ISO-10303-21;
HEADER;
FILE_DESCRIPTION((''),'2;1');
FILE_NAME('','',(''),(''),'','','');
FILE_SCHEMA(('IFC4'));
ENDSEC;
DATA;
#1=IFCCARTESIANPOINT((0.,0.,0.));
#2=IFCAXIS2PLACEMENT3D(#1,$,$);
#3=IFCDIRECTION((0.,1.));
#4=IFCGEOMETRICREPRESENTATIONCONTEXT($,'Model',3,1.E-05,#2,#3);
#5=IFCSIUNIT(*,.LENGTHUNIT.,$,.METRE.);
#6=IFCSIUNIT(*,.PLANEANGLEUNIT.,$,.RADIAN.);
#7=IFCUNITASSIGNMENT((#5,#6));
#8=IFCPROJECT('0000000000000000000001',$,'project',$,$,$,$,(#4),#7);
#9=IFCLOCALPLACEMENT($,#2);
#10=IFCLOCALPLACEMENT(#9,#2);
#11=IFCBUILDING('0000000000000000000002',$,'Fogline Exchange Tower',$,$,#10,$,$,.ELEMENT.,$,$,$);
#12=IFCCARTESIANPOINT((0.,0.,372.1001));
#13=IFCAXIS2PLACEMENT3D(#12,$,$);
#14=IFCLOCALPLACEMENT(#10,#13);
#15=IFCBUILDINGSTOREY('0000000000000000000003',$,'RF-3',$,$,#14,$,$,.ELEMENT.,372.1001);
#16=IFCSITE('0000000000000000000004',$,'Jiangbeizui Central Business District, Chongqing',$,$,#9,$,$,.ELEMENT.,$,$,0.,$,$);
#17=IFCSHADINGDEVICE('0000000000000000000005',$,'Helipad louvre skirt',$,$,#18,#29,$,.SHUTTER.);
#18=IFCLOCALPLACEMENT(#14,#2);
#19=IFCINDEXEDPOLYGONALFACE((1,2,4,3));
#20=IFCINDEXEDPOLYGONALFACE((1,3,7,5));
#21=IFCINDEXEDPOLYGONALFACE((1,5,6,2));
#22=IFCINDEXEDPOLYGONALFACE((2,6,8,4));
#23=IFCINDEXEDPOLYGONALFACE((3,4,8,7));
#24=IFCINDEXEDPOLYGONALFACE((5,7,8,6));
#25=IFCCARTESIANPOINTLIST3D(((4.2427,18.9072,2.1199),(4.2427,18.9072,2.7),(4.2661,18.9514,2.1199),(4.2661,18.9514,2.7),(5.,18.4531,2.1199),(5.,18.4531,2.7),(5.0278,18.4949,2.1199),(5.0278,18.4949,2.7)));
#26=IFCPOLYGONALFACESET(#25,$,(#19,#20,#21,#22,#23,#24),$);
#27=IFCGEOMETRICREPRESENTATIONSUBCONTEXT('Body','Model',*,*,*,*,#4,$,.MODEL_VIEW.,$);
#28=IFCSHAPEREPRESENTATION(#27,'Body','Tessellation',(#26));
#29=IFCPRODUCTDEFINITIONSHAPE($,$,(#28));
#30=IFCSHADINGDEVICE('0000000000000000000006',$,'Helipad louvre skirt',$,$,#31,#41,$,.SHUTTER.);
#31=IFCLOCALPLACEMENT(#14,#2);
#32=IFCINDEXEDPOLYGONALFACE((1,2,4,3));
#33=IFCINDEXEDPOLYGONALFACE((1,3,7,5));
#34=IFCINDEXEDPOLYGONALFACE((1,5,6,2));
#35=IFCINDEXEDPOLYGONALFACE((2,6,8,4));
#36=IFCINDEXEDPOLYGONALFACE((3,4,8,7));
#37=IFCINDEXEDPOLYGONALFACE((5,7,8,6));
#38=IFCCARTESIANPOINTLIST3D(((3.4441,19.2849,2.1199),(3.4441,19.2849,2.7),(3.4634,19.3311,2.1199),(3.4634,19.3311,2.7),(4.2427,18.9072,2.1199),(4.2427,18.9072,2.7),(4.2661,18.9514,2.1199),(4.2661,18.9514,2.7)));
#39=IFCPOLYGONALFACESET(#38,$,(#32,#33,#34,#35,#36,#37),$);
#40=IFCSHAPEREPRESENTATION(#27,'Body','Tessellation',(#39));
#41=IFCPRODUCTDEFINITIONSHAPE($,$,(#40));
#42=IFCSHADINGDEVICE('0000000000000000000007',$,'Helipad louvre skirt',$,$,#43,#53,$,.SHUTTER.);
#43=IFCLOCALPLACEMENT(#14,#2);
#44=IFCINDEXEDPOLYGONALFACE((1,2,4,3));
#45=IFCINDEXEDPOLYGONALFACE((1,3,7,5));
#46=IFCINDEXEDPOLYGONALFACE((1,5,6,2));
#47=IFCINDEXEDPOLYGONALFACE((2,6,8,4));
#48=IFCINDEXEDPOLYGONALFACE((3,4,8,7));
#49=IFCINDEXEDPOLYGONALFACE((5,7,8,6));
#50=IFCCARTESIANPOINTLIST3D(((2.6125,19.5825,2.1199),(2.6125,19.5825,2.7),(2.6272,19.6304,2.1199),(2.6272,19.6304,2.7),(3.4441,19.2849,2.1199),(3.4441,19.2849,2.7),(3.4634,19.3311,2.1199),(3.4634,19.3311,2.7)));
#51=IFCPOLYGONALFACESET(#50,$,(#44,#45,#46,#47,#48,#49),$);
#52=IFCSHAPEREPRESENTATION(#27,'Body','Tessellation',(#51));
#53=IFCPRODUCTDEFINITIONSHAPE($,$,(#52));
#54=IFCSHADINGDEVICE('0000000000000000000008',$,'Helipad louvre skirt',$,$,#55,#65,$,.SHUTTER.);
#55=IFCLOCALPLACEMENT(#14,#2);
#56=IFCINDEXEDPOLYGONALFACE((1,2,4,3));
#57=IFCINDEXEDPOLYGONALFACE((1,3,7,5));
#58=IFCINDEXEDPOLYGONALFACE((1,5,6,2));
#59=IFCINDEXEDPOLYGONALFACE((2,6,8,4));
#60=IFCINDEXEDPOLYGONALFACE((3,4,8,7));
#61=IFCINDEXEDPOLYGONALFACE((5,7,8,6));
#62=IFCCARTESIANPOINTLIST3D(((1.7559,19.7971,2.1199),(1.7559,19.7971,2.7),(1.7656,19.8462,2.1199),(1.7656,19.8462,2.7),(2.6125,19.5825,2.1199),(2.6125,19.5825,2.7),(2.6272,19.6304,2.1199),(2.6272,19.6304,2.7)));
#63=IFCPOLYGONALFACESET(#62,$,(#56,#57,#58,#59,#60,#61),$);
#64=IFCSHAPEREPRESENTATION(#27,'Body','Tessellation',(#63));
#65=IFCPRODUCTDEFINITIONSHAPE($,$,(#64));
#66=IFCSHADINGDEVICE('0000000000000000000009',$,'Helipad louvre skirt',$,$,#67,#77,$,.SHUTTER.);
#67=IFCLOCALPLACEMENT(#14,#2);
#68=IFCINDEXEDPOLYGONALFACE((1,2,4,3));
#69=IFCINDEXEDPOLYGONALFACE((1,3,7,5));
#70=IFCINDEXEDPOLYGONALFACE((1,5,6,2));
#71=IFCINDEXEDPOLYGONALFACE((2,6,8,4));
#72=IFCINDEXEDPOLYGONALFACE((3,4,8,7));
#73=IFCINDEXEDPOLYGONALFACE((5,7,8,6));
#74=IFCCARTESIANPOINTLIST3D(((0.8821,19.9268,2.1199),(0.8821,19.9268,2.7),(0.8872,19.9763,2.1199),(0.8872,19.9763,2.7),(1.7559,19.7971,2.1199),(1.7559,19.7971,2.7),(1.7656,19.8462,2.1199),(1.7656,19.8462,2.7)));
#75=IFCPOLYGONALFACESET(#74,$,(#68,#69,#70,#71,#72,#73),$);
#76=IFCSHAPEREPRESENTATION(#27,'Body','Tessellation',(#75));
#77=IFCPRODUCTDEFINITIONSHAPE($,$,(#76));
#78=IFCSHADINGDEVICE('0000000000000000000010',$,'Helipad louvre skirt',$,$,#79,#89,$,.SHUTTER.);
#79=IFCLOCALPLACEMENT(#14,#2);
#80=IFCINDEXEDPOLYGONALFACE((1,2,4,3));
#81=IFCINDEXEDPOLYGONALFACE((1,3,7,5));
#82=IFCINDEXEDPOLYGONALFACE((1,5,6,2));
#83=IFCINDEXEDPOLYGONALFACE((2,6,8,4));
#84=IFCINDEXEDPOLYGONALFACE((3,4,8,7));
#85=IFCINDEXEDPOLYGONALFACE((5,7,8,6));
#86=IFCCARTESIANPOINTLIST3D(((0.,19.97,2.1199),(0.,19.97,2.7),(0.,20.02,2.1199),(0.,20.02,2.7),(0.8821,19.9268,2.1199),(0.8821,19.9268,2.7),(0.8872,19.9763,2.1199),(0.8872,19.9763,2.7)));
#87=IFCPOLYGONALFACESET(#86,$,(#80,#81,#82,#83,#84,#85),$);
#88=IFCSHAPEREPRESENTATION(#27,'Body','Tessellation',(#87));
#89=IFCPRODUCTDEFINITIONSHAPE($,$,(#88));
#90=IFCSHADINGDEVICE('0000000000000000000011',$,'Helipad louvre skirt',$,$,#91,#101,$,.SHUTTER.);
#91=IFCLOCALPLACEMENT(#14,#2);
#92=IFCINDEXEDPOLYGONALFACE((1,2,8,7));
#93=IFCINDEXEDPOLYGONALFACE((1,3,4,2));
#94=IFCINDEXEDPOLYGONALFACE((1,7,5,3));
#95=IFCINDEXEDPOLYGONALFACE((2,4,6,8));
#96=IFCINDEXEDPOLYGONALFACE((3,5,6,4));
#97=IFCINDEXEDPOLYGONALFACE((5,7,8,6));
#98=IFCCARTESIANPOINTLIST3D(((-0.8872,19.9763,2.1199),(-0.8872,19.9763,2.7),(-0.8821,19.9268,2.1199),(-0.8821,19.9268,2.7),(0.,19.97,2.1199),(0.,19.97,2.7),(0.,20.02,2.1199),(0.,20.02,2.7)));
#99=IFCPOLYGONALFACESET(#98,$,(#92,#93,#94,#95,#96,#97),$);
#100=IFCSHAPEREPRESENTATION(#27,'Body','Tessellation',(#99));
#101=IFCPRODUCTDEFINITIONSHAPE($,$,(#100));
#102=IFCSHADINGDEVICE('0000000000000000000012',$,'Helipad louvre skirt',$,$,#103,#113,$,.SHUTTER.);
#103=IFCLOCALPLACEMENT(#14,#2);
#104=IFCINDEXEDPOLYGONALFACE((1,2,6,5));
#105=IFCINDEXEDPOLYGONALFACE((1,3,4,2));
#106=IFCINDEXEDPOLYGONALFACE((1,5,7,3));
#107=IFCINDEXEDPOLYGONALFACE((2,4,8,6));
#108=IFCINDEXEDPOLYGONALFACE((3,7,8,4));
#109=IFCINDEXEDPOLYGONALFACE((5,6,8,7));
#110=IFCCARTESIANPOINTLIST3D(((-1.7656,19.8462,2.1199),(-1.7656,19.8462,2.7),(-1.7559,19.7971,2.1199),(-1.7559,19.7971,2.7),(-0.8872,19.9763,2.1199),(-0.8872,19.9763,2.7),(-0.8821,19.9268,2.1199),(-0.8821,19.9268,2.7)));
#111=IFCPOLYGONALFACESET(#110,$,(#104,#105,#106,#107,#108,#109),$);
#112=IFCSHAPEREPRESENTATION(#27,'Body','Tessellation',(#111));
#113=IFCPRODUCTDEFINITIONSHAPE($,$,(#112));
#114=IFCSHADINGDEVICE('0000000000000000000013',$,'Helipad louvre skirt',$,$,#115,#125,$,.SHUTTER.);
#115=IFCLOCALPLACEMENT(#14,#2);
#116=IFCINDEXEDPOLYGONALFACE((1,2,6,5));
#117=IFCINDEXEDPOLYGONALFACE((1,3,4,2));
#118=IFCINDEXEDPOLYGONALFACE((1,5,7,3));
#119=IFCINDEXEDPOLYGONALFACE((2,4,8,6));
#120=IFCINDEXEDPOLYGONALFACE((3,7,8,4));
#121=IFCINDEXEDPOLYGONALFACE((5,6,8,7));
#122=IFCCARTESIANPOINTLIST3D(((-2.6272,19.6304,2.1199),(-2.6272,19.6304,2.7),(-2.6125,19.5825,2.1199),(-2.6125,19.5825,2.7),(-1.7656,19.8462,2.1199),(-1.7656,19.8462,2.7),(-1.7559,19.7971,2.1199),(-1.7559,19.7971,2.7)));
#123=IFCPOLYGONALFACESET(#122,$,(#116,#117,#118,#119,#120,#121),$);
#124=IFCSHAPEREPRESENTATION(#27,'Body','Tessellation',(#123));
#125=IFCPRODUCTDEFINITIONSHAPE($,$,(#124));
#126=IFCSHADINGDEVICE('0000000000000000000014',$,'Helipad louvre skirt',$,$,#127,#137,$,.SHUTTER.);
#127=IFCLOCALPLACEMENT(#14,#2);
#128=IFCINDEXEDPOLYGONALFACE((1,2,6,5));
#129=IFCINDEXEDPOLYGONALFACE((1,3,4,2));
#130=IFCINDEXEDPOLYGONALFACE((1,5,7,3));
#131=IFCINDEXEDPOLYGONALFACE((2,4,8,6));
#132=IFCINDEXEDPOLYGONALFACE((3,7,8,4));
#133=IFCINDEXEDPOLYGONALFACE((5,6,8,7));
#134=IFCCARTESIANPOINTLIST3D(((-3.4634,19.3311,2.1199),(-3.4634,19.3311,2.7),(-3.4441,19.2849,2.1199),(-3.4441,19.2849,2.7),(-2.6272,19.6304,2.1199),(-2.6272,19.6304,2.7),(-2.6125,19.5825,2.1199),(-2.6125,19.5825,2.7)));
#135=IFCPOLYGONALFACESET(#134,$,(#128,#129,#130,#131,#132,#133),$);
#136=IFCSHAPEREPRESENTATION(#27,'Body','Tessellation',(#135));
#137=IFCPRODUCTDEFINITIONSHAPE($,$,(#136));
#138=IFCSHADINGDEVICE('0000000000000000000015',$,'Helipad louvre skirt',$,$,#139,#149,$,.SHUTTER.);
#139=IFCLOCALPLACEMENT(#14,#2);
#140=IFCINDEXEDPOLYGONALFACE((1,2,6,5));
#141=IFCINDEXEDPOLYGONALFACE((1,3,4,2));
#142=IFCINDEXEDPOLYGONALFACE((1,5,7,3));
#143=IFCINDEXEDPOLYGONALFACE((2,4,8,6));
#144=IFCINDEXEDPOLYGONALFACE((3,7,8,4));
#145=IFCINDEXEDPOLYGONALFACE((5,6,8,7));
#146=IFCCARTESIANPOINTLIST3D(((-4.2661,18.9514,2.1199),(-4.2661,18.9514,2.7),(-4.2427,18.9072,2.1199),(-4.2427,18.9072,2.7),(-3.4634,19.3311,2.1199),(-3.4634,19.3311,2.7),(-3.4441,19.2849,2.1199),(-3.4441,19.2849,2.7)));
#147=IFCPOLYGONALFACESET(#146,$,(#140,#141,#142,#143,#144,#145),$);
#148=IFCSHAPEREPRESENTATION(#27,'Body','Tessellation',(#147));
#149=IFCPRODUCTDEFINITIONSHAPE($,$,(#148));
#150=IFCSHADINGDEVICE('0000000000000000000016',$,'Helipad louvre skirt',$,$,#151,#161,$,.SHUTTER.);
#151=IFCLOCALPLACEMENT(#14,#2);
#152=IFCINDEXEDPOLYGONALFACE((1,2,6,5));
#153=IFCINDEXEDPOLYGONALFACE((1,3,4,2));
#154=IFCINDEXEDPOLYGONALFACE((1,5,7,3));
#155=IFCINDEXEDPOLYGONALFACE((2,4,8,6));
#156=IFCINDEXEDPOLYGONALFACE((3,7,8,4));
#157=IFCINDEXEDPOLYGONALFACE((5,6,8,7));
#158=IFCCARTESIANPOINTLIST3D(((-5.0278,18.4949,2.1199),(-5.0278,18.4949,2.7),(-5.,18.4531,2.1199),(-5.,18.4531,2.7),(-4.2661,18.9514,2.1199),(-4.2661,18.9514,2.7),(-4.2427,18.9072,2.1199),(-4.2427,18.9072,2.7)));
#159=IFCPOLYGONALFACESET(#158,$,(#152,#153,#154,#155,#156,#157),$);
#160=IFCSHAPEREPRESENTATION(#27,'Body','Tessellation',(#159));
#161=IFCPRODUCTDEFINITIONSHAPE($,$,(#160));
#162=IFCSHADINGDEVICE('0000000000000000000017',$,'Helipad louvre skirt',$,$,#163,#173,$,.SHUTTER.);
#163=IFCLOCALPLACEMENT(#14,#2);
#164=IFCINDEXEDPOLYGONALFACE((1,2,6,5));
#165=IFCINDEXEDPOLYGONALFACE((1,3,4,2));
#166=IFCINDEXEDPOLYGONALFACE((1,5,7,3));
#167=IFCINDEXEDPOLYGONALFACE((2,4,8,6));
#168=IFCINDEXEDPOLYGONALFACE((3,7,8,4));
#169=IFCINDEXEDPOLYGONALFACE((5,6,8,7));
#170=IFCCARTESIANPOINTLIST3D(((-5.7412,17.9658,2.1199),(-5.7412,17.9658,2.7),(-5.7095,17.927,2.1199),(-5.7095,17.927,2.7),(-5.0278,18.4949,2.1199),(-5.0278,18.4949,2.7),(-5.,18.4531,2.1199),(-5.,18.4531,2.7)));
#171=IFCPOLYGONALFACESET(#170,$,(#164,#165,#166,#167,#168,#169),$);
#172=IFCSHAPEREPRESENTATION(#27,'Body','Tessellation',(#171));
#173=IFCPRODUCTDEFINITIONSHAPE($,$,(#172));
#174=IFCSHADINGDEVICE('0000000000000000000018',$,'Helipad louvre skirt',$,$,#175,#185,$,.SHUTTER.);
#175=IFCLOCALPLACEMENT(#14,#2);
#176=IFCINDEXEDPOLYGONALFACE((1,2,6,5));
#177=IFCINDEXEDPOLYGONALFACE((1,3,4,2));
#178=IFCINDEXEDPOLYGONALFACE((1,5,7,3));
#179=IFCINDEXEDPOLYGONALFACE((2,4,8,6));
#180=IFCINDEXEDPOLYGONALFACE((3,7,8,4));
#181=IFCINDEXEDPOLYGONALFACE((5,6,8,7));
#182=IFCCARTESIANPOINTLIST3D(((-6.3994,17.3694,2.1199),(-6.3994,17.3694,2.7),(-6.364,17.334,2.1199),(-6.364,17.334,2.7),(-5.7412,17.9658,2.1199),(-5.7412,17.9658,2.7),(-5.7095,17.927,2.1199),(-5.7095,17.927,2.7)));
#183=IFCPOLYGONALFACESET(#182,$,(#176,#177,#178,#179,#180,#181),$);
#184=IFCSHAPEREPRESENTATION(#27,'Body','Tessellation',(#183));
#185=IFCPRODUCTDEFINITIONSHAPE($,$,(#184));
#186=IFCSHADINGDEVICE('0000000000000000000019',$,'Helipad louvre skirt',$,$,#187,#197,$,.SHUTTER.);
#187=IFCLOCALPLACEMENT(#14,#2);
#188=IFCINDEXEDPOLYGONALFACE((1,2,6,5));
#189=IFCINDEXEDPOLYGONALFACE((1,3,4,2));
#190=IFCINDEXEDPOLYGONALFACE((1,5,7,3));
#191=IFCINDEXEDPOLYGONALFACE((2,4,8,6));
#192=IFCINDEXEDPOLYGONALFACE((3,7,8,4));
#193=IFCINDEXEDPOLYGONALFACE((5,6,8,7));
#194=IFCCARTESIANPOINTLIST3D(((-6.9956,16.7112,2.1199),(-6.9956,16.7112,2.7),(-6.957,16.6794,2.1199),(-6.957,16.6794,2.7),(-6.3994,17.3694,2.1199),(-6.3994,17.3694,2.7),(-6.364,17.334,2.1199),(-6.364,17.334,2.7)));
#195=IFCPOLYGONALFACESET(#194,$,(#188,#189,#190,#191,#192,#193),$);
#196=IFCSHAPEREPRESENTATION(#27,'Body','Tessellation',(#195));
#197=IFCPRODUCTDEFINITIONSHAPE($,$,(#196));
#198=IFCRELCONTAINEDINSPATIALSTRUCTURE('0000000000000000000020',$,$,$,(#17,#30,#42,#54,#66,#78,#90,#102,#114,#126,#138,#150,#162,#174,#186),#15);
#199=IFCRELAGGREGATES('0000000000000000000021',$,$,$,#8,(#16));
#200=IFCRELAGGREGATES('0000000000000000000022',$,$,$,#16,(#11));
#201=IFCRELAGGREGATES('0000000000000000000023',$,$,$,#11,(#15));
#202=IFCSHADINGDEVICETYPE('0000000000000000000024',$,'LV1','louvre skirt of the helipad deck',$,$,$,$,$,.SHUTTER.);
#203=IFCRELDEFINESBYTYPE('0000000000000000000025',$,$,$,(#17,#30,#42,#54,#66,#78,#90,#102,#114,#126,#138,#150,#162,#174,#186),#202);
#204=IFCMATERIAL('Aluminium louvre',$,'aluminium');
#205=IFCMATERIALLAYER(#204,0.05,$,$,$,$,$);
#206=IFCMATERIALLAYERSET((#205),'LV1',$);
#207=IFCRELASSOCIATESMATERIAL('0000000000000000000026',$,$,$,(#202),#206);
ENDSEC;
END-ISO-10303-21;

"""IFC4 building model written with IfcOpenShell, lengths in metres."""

from ifc_helpers import new_model, si_unit, direction, frame, origin, place, context, subcontext, project, spatial, polyline, outline, extrude, material, layer, layer_set, type_object, element, save


model = new_model("IFC4")

# Units and contexts
model_context = context("Model", 3, precision=1e-05, world=origin(), true_north=direction((0.0, 1.0)))
body_context = subcontext(model_context, "Body", "Model", "MODEL_VIEW")
ifc_project = project(units=[si_unit("LENGTHUNIT", "METRE"), si_unit("PLANEANGLEUNIT", "RADIAN")], contexts=[model_context])

# Site, building, storey
site_placement = place(None, origin())
site = spatial("IfcSite", under=ifc_project, at=site_placement, Name="Jiangbeizui Central Business District, Chongqing", CompositionType="ELEMENT", RefElevation=0.0)
building_placement = place(site_placement, origin())
building = spatial("IfcBuilding", under=site, at=building_placement, Name="Fogline Exchange Tower", CompositionType="ELEMENT")
storey_placement = place(building_placement, frame((0.0, 0.0, 372.1001)))
storey = spatial("IfcBuildingStorey", under=building, at=storey_placement, Name="RF-3", CompositionType="ELEMENT", Elevation=372.1001)

# Shading devices
ifc_material_1 = material(Name="Aluminium louvre", Category="aluminium")
ifc_layer_1 = layer(ifc_material_1, 0.05)
ifc_layer_set_1 = layer_set([ifc_layer_1], Name="LV1")
shading_device_type = type_object("IfcShadingDeviceType", Name="LV1", Description="louvre skirt of the helipad deck", PredefinedType="SHUTTER", material=ifc_layer_set_1)
shading_device_1_placement = place(storey_placement, frame((0.0, 0.0, 2.1199)))
element("IfcShadingDevice", 1, at=shading_device_1_placement, inside=storey, type_object=shading_device_type, Name="Helipad louvre skirt", PredefinedType="SHUTTER", context=body_context, shape_type="SweptSolid", body=[
    extrude(outline(polyline([(5.0, 18.4531), (5.0278, 18.4949), (4.2661, 18.9514), (4.2427, 18.9072), (5.0, 18.4531)])), origin(), (0.0, 0.0, 1.0), 0.5801),
])
shading_device_2_placement = place(storey_placement, frame((0.0, 0.0, 2.1199)))
element("IfcShadingDevice", 2, at=shading_device_2_placement, inside=storey, type_object=shading_device_type, Name="Helipad louvre skirt", PredefinedType="SHUTTER", context=body_context, shape_type="SweptSolid", body=[
    extrude(outline(polyline([(4.2427, 18.9072), (4.2661, 18.9514), (3.4634, 19.3311), (3.4441, 19.2849), (4.2427, 18.9072)])), origin(), (0.0, 0.0, 1.0), 0.5801),
])
shading_device_3_placement = place(storey_placement, frame((0.0, 0.0, 2.1199)))
element("IfcShadingDevice", 3, at=shading_device_3_placement, inside=storey, type_object=shading_device_type, Name="Helipad louvre skirt", PredefinedType="SHUTTER", context=body_context, shape_type="SweptSolid", body=[
    extrude(outline(polyline([(3.4441, 19.2849), (3.4634, 19.3311), (2.6272, 19.6304), (2.6125, 19.5825), (3.4441, 19.2849)])), origin(), (0.0, 0.0, 1.0), 0.5801),
])
shading_device_4_placement = place(storey_placement, frame((0.0, 0.0, 2.1199)))
element("IfcShadingDevice", 4, at=shading_device_4_placement, inside=storey, type_object=shading_device_type, Name="Helipad louvre skirt", PredefinedType="SHUTTER", context=body_context, shape_type="SweptSolid", body=[
    extrude(outline(polyline([(2.6125, 19.5825), (2.6272, 19.6304), (1.7656, 19.8462), (1.7559, 19.7971), (2.6125, 19.5825)])), origin(), (0.0, 0.0, 1.0), 0.5801),
])
shading_device_5_placement = place(storey_placement, frame((0.0, 0.0, 2.1199)))
element("IfcShadingDevice", 5, at=shading_device_5_placement, inside=storey, type_object=shading_device_type, Name="Helipad louvre skirt", PredefinedType="SHUTTER", context=body_context, shape_type="SweptSolid", body=[
    extrude(outline(polyline([(1.7559, 19.7971), (1.7656, 19.8462), (0.8872, 19.9763), (0.8821, 19.9268), (1.7559, 19.7971)])), origin(), (0.0, 0.0, 1.0), 0.5801),
])
shading_device_6_placement = place(storey_placement, frame((0.0, 0.0, 2.1199)))
element("IfcShadingDevice", 6, at=shading_device_6_placement, inside=storey, type_object=shading_device_type, Name="Helipad louvre skirt", PredefinedType="SHUTTER", context=body_context, shape_type="SweptSolid", body=[
    extrude(outline(polyline([(0.8821, 19.9268), (0.8872, 19.9763), (0.0, 20.02), (0.0, 19.97), (0.8821, 19.9268)])), origin(), (0.0, 0.0, 1.0), 0.5801),
])
shading_device_7_placement = place(storey_placement, frame((0.0, 0.0, 2.1199)))
element("IfcShadingDevice", 7, at=shading_device_7_placement, inside=storey, type_object=shading_device_type, Name="Helipad louvre skirt", PredefinedType="SHUTTER", context=body_context, shape_type="SweptSolid", body=[
    extrude(outline(polyline([(0.0, 19.97), (0.0, 20.02), (-0.8872, 19.9763), (-0.8821, 19.9268), (0.0, 19.97)])), origin(), (0.0, 0.0, 1.0), 0.5801),
])
shading_device_8_placement = place(storey_placement, frame((0.0, 0.0, 2.1199)))
element("IfcShadingDevice", 8, at=shading_device_8_placement, inside=storey, type_object=shading_device_type, Name="Helipad louvre skirt", PredefinedType="SHUTTER", context=body_context, shape_type="SweptSolid", body=[
    extrude(outline(polyline([(-0.8821, 19.9268), (-0.8872, 19.9763), (-1.7656, 19.8462), (-1.7559, 19.7971), (-0.8821, 19.9268)])), origin(), (0.0, 0.0, 1.0), 0.5801),
])
shading_device_9_placement = place(storey_placement, frame((0.0, 0.0, 2.1199)))
element("IfcShadingDevice", 9, at=shading_device_9_placement, inside=storey, type_object=shading_device_type, Name="Helipad louvre skirt", PredefinedType="SHUTTER", context=body_context, shape_type="SweptSolid", body=[
    extrude(outline(polyline([(-1.7559, 19.7971), (-1.7656, 19.8462), (-2.6272, 19.6304), (-2.6125, 19.5825), (-1.7559, 19.7971)])), origin(), (0.0, 0.0, 1.0), 0.5801),
])
shading_device_10_placement = place(storey_placement, frame((0.0, 0.0, 2.1199)))
element("IfcShadingDevice", 10, at=shading_device_10_placement, inside=storey, type_object=shading_device_type, Name="Helipad louvre skirt", PredefinedType="SHUTTER", context=body_context, shape_type="SweptSolid", body=[
    extrude(outline(polyline([(-2.6125, 19.5825), (-2.6272, 19.6304), (-3.4634, 19.3311), (-3.4441, 19.2849), (-2.6125, 19.5825)])), origin(), (0.0, 0.0, 1.0), 0.5801),
])
shading_device_11_placement = place(storey_placement, frame((0.0, 0.0, 2.1199)))
element("IfcShadingDevice", 11, at=shading_device_11_placement, inside=storey, type_object=shading_device_type, Name="Helipad louvre skirt", PredefinedType="SHUTTER", context=body_context, shape_type="SweptSolid", body=[
    extrude(outline(polyline([(-3.4441, 19.2849), (-3.4634, 19.3311), (-4.2661, 18.9514), (-4.2427, 18.9072), (-3.4441, 19.2849)])), origin(), (0.0, 0.0, 1.0), 0.5801),
])
shading_device_12_placement = place(storey_placement, frame((0.0, 0.0, 2.1199)))
element("IfcShadingDevice", 12, at=shading_device_12_placement, inside=storey, type_object=shading_device_type, Name="Helipad louvre skirt", PredefinedType="SHUTTER", context=body_context, shape_type="SweptSolid", body=[
    extrude(outline(polyline([(-4.2427, 18.9072), (-4.2661, 18.9514), (-5.0278, 18.4949), (-5.0, 18.4531), (-4.2427, 18.9072)])), origin(), (0.0, 0.0, 1.0), 0.5801),
])
shading_device_13_placement = place(storey_placement, frame((0.0, 0.0, 2.1199)))
element("IfcShadingDevice", 13, at=shading_device_13_placement, inside=storey, type_object=shading_device_type, Name="Helipad louvre skirt", PredefinedType="SHUTTER", context=body_context, shape_type="SweptSolid", body=[
    extrude(outline(polyline([(-5.0, 18.4531), (-5.0278, 18.4949), (-5.7412, 17.9658), (-5.7095, 17.927), (-5.0, 18.4531)])), origin(), (0.0, 0.0, 1.0), 0.5801),
])
shading_device_14_placement = place(storey_placement, frame((0.0, 0.0, 2.1199)))
element("IfcShadingDevice", 14, at=shading_device_14_placement, inside=storey, type_object=shading_device_type, Name="Helipad louvre skirt", PredefinedType="SHUTTER", context=body_context, shape_type="SweptSolid", body=[
    extrude(outline(polyline([(-5.7095, 17.927), (-5.7412, 17.9658), (-6.3994, 17.3694), (-6.364, 17.334), (-5.7095, 17.927)])), origin(), (0.0, 0.0, 1.0), 0.5801),
])
shading_device_15_placement = place(storey_placement, frame((0.0, 0.0, 2.1199)))
element("IfcShadingDevice", 15, at=shading_device_15_placement, inside=storey, type_object=shading_device_type, Name="Helipad louvre skirt", PredefinedType="SHUTTER", context=body_context, shape_type="SweptSolid", body=[
    extrude(outline(polyline([(-6.364, 17.334), (-6.3994, 17.3694), (-6.9956, 16.7112), (-6.957, 16.6794), (-6.364, 17.334)])), origin(), (0.0, 0.0, 1.0), 0.5801),
])

save(model, "model.ifc")
